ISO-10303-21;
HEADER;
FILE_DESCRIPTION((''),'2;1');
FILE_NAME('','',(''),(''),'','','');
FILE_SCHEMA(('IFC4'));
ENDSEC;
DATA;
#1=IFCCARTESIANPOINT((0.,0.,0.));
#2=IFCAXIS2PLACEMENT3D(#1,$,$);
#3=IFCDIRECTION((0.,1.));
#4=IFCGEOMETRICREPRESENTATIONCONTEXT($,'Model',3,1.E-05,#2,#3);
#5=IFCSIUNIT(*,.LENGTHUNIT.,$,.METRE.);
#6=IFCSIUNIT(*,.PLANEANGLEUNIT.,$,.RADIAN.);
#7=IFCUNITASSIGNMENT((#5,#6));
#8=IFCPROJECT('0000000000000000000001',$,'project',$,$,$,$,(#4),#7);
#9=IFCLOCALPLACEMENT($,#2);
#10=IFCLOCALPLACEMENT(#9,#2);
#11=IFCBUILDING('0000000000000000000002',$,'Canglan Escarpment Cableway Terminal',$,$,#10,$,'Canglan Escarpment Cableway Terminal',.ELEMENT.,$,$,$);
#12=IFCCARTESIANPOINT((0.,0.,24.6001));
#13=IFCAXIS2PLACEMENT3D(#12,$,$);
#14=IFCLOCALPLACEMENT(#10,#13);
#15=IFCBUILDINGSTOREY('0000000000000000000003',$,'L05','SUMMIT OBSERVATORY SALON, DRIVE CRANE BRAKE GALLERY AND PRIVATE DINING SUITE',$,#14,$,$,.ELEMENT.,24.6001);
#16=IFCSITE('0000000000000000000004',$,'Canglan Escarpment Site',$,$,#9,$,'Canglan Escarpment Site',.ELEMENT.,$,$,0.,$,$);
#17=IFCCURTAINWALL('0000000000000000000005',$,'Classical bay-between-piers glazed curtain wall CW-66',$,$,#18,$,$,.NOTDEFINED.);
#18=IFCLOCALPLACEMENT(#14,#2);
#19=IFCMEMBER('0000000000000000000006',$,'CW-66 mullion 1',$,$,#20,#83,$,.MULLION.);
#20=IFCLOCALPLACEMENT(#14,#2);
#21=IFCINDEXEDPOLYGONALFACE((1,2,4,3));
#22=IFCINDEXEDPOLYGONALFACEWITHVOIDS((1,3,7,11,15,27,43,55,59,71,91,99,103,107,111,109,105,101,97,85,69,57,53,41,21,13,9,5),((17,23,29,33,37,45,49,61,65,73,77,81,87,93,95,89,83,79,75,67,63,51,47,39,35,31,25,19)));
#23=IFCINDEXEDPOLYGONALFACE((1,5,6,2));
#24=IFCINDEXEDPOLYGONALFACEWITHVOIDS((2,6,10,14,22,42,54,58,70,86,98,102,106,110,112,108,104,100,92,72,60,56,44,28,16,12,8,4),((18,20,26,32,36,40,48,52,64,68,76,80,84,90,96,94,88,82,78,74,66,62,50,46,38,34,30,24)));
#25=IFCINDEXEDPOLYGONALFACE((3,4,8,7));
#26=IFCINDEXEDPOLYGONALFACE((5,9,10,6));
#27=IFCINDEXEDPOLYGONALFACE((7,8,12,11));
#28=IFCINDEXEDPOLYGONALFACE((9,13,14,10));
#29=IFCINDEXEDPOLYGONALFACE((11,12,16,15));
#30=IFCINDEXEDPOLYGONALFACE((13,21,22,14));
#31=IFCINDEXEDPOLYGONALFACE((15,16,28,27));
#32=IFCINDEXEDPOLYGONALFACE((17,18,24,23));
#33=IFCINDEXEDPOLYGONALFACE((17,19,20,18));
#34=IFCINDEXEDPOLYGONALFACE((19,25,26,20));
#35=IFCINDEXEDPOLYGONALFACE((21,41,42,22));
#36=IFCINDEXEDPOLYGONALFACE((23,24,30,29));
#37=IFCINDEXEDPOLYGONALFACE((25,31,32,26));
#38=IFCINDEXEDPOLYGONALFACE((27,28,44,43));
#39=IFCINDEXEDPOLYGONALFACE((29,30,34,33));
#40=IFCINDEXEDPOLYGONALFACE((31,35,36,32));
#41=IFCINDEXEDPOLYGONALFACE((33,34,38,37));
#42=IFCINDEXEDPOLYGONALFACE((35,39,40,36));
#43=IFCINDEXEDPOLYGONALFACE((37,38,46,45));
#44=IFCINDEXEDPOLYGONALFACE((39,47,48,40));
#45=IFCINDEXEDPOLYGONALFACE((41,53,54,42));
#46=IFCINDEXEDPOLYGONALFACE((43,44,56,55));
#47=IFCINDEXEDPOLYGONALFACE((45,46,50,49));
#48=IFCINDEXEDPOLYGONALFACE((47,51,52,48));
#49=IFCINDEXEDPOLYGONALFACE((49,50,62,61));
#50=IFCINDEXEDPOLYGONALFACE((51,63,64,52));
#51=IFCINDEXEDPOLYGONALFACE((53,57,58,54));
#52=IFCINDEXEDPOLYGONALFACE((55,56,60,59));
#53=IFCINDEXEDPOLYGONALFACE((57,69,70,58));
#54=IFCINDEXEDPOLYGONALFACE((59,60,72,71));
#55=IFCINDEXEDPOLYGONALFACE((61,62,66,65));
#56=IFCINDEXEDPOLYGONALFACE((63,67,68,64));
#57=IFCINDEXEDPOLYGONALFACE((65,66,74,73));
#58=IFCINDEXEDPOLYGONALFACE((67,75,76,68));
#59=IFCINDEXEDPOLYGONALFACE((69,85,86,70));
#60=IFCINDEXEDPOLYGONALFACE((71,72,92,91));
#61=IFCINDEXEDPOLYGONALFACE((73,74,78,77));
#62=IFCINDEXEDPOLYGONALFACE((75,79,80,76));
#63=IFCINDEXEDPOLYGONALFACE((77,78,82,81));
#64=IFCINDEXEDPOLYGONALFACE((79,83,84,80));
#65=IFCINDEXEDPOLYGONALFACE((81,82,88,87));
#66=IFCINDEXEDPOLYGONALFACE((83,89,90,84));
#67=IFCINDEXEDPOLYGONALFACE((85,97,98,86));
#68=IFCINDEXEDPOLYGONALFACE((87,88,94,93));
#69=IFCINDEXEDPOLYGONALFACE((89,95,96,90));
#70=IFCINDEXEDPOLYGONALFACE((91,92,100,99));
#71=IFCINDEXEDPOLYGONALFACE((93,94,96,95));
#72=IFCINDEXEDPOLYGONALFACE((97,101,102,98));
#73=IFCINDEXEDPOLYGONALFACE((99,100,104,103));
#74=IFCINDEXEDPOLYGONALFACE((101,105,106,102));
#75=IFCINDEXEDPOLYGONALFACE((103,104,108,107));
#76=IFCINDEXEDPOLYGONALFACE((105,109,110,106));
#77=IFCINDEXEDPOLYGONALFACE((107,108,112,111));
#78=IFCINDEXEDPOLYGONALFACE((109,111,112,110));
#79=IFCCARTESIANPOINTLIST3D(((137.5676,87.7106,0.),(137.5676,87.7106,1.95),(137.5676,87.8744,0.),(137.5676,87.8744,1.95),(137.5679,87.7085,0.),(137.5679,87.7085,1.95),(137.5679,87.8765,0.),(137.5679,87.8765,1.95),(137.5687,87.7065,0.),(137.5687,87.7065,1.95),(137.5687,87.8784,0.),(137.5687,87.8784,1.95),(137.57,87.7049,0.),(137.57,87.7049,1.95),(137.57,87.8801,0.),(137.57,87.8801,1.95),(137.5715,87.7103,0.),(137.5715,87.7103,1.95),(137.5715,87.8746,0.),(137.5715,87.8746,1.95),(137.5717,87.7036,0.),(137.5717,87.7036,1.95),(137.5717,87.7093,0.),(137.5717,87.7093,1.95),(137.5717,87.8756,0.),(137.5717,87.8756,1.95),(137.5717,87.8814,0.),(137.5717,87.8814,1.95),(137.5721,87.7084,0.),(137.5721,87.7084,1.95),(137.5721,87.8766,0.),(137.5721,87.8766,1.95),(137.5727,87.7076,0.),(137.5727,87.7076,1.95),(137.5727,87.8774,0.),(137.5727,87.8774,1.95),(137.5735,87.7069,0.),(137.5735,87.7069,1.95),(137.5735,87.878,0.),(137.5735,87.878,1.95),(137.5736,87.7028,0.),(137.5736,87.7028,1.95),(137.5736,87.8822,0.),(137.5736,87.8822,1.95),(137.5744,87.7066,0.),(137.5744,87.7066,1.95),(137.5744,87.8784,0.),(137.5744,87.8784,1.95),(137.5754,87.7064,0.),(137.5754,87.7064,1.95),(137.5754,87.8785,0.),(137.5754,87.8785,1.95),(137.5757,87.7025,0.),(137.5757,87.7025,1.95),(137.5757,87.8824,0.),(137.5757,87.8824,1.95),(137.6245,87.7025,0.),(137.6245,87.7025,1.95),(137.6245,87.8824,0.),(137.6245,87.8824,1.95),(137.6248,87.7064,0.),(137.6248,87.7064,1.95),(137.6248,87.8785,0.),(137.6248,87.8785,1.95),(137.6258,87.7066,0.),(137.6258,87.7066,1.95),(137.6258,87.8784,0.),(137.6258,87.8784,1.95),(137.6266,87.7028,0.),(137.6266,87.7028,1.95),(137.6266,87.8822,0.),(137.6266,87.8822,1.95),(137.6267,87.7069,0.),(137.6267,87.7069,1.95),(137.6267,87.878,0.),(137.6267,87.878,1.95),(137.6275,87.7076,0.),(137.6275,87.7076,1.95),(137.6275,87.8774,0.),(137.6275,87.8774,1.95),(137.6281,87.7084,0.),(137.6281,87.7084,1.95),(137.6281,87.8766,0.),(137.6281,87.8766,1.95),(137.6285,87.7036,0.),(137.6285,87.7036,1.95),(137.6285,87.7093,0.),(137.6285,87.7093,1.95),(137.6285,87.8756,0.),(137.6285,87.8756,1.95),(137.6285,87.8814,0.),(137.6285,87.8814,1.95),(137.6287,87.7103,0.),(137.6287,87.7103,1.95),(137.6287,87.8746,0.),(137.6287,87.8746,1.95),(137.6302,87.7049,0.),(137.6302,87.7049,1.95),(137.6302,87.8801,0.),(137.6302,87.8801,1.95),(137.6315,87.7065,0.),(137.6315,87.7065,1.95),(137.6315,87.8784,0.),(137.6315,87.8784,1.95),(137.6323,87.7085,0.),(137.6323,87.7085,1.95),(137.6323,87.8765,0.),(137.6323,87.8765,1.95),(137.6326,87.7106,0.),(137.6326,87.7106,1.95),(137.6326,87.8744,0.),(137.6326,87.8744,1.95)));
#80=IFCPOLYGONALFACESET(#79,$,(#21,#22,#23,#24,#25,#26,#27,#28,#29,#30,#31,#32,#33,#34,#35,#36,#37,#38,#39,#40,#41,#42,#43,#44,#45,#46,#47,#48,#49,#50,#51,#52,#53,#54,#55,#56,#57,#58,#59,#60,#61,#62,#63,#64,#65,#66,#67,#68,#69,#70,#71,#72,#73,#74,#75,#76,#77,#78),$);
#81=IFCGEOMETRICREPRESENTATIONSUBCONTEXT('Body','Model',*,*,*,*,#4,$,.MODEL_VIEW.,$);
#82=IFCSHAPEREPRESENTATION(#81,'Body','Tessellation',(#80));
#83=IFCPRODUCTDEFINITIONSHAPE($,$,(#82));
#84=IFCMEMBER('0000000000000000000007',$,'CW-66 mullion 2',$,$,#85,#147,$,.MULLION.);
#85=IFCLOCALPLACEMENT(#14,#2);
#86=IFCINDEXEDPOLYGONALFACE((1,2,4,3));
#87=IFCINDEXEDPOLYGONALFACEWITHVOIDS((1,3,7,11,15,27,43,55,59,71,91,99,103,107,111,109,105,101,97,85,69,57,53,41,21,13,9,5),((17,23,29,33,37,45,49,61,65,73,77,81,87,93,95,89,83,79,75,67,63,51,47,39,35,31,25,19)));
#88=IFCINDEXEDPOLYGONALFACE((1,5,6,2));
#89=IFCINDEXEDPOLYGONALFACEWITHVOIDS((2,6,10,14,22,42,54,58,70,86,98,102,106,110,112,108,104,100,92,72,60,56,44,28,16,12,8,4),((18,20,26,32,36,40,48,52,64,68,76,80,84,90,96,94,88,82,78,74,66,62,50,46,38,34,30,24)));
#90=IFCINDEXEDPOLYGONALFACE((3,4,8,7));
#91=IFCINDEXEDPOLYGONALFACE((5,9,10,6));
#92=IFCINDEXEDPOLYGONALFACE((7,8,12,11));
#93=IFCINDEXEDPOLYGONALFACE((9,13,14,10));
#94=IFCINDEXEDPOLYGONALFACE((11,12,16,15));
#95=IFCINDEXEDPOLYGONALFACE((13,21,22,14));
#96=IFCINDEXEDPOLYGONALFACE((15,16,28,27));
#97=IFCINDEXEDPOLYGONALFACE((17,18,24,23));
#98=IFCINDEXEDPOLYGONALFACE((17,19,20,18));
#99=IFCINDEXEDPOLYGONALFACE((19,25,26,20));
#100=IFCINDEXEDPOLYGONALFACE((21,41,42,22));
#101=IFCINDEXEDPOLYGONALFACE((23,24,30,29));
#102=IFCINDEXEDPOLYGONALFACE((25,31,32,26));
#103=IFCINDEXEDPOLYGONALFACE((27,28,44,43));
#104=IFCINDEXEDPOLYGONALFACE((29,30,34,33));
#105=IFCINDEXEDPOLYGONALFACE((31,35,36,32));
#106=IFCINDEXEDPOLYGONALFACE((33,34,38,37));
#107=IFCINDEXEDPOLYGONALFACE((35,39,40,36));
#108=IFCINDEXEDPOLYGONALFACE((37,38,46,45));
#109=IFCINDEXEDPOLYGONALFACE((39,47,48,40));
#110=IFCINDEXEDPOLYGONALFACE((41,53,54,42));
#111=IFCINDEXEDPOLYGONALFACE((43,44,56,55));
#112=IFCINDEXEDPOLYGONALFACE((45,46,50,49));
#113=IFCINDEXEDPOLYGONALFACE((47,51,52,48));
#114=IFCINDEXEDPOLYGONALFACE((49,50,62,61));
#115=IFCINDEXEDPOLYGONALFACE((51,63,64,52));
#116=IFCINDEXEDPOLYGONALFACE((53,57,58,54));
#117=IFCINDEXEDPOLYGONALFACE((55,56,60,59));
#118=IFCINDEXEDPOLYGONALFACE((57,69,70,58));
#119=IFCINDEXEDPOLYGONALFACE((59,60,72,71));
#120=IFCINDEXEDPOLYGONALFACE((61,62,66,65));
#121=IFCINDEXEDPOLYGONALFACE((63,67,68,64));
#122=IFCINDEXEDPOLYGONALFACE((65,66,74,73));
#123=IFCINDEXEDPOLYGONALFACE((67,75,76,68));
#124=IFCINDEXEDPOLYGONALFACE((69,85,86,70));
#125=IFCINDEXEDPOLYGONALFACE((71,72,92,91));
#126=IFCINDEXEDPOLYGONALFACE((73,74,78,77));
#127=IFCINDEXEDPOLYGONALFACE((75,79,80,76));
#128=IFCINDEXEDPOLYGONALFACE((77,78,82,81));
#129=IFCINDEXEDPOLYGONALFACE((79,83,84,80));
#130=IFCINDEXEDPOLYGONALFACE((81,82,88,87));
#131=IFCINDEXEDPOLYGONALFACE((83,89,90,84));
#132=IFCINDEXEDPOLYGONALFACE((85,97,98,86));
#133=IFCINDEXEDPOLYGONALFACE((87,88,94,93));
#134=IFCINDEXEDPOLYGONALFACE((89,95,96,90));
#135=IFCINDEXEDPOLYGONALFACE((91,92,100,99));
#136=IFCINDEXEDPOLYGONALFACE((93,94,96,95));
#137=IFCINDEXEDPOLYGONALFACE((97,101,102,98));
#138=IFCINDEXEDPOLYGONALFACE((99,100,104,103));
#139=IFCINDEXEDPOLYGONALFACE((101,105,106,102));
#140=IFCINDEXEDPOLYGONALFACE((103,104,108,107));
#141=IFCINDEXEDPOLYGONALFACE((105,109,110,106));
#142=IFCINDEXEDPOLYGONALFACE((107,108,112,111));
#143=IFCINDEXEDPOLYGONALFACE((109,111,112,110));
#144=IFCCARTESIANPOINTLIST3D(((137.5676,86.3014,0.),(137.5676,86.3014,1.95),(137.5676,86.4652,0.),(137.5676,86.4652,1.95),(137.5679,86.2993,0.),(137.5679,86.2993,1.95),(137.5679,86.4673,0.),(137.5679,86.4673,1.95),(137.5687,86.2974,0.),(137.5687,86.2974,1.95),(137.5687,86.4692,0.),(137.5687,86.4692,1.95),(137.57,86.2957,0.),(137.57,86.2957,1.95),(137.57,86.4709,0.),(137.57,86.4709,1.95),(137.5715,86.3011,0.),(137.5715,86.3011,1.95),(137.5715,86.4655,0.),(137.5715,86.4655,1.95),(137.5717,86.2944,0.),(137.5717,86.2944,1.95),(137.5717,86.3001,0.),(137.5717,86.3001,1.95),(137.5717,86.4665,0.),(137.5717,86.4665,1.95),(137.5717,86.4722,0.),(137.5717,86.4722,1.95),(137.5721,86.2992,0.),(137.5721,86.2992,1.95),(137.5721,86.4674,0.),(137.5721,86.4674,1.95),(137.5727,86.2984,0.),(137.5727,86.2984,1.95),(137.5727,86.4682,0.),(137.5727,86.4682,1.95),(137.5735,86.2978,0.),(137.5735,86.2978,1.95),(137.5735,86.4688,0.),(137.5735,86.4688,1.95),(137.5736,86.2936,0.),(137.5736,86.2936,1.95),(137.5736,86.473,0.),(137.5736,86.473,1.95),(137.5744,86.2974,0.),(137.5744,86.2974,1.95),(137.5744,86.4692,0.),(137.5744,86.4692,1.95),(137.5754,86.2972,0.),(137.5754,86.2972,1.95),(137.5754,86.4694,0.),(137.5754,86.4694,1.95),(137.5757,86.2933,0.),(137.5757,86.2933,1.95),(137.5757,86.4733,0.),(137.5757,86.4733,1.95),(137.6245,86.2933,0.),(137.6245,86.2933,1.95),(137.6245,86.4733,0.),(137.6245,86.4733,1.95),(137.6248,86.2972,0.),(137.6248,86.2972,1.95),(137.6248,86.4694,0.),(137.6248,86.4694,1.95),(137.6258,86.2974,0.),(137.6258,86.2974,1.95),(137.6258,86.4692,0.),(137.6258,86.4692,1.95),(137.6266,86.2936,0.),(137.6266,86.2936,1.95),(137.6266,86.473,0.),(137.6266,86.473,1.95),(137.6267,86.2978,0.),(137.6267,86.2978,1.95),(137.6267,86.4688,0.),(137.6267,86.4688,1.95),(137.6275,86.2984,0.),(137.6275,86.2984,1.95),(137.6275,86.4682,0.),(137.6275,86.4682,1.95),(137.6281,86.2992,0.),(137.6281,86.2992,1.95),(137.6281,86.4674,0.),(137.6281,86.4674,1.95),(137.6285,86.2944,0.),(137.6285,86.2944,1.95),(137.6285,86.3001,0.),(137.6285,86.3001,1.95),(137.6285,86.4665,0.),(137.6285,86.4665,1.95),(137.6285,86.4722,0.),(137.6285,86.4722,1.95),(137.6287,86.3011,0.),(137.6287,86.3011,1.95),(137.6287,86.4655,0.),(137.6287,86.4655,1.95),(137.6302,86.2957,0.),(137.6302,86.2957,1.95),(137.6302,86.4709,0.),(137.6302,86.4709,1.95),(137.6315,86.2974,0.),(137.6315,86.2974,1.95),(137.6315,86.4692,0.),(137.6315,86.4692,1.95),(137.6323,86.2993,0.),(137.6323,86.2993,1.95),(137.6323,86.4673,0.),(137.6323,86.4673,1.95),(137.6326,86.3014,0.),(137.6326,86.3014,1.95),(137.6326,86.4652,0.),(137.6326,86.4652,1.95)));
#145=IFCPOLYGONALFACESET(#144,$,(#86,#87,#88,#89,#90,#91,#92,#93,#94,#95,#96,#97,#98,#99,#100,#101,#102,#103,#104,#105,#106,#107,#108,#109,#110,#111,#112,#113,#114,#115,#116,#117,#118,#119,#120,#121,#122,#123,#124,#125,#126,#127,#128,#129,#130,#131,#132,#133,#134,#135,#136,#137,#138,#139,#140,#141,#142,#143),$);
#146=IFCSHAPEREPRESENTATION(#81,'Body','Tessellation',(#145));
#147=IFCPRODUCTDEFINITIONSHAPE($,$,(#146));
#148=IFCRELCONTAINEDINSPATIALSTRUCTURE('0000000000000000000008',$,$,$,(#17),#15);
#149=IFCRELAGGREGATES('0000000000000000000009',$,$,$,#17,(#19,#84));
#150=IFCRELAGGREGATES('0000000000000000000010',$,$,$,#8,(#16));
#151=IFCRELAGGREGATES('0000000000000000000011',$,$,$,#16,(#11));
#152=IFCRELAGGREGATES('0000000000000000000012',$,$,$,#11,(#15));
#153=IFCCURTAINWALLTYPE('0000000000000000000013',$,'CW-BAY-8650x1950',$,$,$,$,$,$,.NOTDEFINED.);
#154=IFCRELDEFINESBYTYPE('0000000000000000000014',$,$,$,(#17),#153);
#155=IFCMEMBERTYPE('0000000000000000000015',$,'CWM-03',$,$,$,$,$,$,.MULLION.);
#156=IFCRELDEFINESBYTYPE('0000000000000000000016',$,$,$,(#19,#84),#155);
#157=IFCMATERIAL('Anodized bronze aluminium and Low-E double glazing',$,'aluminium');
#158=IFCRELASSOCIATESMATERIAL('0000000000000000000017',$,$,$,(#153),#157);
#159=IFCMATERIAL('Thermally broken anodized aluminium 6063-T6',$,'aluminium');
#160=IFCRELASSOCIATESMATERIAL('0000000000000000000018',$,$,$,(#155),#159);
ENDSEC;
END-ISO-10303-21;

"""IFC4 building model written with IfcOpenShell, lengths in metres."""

from ifc_helpers import new_model, si_unit, direction, frame, origin, origin_2d, place, context, subcontext, project, spatial, hollow_rectangle, extrude, material, material_profile, profile_set, type_object, element, aggregate, save


model = new_model("IFC4")

# Units and contexts
model_context = context("Model", 3, precision=1e-05, world=origin(), true_north=direction((0.0, 1.0)))
body_context = subcontext(model_context, "Body", "Model", "MODEL_VIEW")
ifc_project = project(units=[si_unit("LENGTHUNIT", "METRE"), si_unit("PLANEANGLEUNIT", "RADIAN")], contexts=[model_context])

# Site, building, storey
site_placement = place(None, origin())
site = spatial("IfcSite", under=ifc_project, at=site_placement, Name="Canglan Escarpment Site", LongName="Canglan Escarpment Site", CompositionType="ELEMENT", RefElevation=0.0)
building_placement = place(site_placement, origin())
building = spatial("IfcBuilding", under=site, at=building_placement, Name="Canglan Escarpment Cableway Terminal", LongName="Canglan Escarpment Cableway Terminal", CompositionType="ELEMENT")
storey_placement = place(building_placement, frame((0.0, 0.0, 24.6001)))
storey = spatial("IfcBuildingStorey", under=building, at=storey_placement, Name="L05", Description="SUMMIT OBSERVATORY SALON, DRIVE CRANE BRAKE GALLERY AND PRIVATE DINING SUITE", CompositionType="ELEMENT", Elevation=24.6001)

# Curtain wall, members
ifc_material_1 = material(Name="Anodized bronze aluminium and Low-E double glazing", Category="aluminium")
curtain_wall_type = type_object("IfcCurtainWallType", Name="CW-BAY-8650x1950", PredefinedType="NOTDEFINED", material=ifc_material_1)
curtain_wall_placement = place(storey_placement, origin())
curtain_wall = element("IfcCurtainWall", 1, at=curtain_wall_placement, inside=storey, type_object=curtain_wall_type, Name="Classical bay-between-piers glazed curtain wall CW-66", PredefinedType="NOTDEFINED")
ifc_material_2 = material(Name="Thermally broken anodized aluminium 6063-T6", Category="aluminium")
ifc_material_profile_1 = material_profile(ifc_material_2, hollow_rectangle(XDim=0.0649, YDim=0.1799, WallThickness=0.0039, InnerFilletRadius=0.0039, OuterFilletRadius=0.0081, at=origin_2d()), Name="ALU-MULL 65x180x4")
ifc_profile_set_1 = profile_set([ifc_material_profile_1], Name="Thermally broken anodized aluminium 6063-T6")
member_type_1 = type_object("IfcMemberType", Name="CWM-03", PredefinedType="MULLION", material=ifc_profile_set_1)
member_1_placement = place(storey_placement, frame((137.6001, 87.7925, 0.0), z_axis=(0.0, 0.0, 1.0), x_axis=(1.0, 0.0, 0.0)))
member_1 = element("IfcMember", 2, at=member_1_placement, type_object=member_type_1, Name="CW-66 mullion 1", PredefinedType="MULLION", context=body_context, shape_type="SweptSolid", body=[
    extrude(hollow_rectangle(XDim=0.0649, YDim=0.1799, WallThickness=0.0039, InnerFilletRadius=0.0039, OuterFilletRadius=0.0081, at=origin_2d()), origin(), (0.0, 0.0, 1.0), 1.95),
])
member_2_placement = place(storey_placement, frame((137.6001, 86.3833, 0.0), z_axis=(0.0, 0.0, 1.0), x_axis=(1.0, 0.0, 0.0)))
member_2 = element("IfcMember", 3, at=member_2_placement, type_object=member_type_1, Name="CW-66 mullion 2", PredefinedType="MULLION", context=body_context, shape_type="SweptSolid", body=[
    extrude(hollow_rectangle(XDim=0.0649, YDim=0.1799, WallThickness=0.0039, InnerFilletRadius=0.0039, OuterFilletRadius=0.0081, at=origin_2d()), origin(), (0.0, 0.0, 1.0), 1.95),
])
aggregate(curtain_wall, [member_1, member_2])

save(model, "model.ifc")
